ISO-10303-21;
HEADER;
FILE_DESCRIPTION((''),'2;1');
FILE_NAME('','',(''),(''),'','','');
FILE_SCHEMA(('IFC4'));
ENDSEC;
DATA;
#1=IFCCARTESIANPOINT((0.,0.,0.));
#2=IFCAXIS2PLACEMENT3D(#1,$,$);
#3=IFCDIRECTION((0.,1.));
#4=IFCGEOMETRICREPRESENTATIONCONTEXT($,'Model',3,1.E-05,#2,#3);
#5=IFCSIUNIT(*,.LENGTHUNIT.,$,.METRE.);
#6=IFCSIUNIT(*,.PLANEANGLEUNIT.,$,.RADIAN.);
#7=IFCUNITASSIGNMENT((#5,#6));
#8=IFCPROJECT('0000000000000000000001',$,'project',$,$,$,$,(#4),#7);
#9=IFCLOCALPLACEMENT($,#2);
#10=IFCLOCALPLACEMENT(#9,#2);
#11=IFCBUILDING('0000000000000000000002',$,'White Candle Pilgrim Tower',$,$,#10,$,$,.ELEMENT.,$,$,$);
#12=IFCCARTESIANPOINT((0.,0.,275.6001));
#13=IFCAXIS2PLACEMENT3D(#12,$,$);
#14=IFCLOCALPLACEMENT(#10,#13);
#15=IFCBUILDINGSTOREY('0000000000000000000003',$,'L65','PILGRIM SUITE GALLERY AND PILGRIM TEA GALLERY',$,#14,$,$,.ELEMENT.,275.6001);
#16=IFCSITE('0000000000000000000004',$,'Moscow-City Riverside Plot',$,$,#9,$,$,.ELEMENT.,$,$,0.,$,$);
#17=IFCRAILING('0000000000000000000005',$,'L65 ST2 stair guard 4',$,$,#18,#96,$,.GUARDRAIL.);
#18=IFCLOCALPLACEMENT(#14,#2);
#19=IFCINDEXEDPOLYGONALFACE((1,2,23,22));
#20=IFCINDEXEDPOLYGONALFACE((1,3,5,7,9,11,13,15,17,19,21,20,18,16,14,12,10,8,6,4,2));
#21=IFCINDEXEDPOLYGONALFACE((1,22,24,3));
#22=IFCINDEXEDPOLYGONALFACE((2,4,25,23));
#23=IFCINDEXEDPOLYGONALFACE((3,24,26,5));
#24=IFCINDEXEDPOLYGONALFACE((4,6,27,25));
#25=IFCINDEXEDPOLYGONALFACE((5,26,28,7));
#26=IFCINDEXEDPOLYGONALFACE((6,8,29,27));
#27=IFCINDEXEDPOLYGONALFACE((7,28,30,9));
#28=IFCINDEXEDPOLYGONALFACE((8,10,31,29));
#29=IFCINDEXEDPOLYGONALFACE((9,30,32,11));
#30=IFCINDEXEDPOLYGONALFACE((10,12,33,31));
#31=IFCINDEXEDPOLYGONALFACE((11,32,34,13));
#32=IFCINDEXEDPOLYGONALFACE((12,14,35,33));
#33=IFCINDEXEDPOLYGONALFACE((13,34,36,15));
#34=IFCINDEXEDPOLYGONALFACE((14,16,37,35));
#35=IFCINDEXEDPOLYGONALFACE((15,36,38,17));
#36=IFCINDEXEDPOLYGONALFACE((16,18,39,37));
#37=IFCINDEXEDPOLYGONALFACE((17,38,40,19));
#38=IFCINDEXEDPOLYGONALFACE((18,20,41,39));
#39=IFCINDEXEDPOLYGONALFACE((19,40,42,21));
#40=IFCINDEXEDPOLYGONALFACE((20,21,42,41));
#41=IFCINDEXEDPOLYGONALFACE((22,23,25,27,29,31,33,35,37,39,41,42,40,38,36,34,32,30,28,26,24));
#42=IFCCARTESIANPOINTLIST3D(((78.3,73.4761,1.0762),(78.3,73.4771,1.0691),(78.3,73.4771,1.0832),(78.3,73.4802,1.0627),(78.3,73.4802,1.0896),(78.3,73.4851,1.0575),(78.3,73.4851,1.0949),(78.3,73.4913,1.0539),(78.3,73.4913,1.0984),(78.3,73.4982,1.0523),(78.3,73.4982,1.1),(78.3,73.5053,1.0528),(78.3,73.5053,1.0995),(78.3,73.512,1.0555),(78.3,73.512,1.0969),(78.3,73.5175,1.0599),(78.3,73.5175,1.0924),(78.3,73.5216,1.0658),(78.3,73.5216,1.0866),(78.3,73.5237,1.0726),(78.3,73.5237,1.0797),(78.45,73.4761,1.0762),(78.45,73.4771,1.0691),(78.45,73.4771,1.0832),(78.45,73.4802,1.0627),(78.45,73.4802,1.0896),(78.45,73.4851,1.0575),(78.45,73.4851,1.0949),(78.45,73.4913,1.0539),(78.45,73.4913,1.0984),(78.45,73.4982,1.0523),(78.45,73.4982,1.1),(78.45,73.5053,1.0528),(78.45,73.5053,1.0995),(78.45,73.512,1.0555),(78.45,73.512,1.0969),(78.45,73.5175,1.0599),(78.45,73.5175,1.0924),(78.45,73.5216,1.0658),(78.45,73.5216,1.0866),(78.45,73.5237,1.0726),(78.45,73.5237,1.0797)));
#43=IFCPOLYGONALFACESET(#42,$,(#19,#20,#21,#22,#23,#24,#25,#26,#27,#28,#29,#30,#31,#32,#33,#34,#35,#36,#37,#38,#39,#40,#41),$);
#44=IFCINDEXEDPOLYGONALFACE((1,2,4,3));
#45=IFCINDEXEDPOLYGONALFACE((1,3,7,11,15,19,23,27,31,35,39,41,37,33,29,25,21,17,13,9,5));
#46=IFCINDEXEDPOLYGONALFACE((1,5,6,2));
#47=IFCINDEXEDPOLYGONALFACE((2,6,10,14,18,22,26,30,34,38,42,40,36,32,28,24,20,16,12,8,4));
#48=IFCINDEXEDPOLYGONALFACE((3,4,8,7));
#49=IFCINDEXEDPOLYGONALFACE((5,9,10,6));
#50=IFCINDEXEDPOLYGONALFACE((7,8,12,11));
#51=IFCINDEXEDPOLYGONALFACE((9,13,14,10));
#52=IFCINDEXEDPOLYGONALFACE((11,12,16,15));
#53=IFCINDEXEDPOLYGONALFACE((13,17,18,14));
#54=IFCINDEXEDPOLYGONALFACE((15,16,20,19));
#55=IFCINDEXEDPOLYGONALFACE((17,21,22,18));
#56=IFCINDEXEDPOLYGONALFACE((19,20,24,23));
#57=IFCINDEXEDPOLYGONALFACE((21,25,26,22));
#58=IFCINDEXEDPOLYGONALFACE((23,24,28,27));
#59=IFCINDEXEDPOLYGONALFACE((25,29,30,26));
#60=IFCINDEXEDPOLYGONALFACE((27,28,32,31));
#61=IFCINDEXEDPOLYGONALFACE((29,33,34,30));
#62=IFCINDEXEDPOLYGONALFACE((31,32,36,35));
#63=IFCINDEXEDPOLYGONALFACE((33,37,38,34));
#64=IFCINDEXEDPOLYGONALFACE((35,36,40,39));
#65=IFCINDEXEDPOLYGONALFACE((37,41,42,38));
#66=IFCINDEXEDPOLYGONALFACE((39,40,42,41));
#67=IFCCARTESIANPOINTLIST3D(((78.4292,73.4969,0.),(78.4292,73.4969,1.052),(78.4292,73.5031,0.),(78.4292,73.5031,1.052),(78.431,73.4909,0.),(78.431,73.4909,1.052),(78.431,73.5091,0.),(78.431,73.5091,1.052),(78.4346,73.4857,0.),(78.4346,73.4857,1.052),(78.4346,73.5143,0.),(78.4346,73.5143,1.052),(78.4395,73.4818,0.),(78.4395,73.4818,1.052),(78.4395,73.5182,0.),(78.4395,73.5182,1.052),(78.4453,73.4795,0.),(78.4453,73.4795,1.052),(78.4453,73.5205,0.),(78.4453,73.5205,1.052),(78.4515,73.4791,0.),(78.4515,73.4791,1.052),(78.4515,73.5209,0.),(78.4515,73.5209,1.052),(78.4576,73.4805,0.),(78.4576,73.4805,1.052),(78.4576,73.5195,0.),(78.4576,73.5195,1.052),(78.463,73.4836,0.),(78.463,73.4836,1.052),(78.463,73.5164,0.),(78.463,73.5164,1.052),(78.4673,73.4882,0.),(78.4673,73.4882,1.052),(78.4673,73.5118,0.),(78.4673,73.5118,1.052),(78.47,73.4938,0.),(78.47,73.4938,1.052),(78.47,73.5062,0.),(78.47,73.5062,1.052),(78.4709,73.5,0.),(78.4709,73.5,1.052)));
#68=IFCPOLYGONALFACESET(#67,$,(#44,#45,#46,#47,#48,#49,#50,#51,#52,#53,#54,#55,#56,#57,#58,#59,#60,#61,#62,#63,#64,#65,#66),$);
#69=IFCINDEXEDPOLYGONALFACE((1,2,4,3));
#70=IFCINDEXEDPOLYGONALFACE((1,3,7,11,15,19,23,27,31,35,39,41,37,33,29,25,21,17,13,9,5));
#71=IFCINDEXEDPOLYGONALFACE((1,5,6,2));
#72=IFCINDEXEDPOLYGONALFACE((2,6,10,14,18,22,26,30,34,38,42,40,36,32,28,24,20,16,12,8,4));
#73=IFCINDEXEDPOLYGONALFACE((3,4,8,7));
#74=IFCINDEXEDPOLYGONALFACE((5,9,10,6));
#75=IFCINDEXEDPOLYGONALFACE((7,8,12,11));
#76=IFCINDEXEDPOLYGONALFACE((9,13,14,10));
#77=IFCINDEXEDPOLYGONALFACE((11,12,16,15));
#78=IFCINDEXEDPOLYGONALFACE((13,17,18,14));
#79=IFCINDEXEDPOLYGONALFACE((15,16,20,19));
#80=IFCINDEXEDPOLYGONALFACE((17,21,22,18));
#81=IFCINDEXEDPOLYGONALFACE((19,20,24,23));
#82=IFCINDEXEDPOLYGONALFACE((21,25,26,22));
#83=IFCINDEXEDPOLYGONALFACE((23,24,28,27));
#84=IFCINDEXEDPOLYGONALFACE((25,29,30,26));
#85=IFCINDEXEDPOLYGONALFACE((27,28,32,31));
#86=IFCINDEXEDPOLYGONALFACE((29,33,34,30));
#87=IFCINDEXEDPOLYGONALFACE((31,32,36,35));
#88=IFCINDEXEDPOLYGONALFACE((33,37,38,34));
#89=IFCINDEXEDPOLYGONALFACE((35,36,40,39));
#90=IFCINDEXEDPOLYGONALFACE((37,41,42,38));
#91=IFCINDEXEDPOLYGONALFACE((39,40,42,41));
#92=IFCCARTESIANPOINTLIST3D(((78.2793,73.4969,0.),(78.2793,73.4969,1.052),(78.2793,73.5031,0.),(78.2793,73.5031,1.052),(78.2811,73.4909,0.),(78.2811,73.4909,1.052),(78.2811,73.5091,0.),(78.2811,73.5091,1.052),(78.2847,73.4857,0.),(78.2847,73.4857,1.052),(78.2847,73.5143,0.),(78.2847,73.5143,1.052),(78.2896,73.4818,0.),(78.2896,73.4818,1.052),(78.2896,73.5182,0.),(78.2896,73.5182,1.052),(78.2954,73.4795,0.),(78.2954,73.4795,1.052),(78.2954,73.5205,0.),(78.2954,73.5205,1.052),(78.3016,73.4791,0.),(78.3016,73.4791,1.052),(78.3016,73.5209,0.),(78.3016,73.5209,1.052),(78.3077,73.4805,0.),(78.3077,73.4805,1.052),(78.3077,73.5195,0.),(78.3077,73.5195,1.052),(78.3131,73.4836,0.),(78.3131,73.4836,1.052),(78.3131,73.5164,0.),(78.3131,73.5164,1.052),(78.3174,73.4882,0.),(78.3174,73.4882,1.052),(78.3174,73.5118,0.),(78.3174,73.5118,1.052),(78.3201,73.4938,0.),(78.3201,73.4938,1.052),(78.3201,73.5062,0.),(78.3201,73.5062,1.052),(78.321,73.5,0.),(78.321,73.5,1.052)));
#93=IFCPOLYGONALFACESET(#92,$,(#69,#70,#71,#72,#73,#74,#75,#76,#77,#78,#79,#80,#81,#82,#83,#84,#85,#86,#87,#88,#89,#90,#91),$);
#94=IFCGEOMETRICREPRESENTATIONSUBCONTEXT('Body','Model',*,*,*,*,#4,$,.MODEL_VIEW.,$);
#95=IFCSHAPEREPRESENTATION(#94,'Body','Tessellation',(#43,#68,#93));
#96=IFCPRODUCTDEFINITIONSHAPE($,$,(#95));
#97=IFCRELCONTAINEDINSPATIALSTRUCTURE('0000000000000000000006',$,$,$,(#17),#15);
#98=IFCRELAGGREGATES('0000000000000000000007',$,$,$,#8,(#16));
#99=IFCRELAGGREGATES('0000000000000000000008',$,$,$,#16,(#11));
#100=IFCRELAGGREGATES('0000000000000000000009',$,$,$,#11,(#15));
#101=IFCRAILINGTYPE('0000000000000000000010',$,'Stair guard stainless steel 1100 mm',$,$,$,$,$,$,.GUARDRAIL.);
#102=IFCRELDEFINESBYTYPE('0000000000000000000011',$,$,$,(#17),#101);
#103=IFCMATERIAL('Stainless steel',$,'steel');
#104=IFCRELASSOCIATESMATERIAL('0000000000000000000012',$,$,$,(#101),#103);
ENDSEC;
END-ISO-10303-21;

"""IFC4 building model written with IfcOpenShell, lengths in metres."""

from ifc_helpers import new_model, si_unit, direction, frame, origin, origin_2d, place, context, subcontext, project, spatial, circle, extrude, material, type_object, element, save


model = new_model("IFC4")

# Units and contexts
model_context = context("Model", 3, precision=1e-05, world=origin(), true_north=direction((0.0, 1.0)))
body_context = subcontext(model_context, "Body", "Model", "MODEL_VIEW")
ifc_project = project(units=[si_unit("LENGTHUNIT", "METRE"), si_unit("PLANEANGLEUNIT", "RADIAN")], contexts=[model_context])

# Site, building, storey
site_placement = place(None, origin())
site = spatial("IfcSite", under=ifc_project, at=site_placement, Name="Moscow-City Riverside Plot", CompositionType="ELEMENT", RefElevation=0.0)
building_placement = place(site_placement, origin())
building = spatial("IfcBuilding", under=site, at=building_placement, Name="White Candle Pilgrim Tower", CompositionType="ELEMENT")
storey_placement = place(building_placement, frame((0.0, 0.0, 275.6001)))
storey = spatial("IfcBuildingStorey", under=building, at=storey_placement, Name="L65", Description="PILGRIM SUITE GALLERY AND PILGRIM TEA GALLERY", CompositionType="ELEMENT", Elevation=275.6001)

# Railing
ifc_material_1 = material(Name="Stainless steel", Category="steel")
railing_type_1 = type_object("IfcRailingType", Name="Stair guard stainless steel 1100 mm", PredefinedType="GUARDRAIL", material=ifc_material_1)
railing_1_placement = place(storey_placement, frame((78.45, 73.5, 0.0)))
element("IfcRailing", 1, at=railing_1_placement, inside=storey, type_object=railing_type_1, Name="L65 ST2 stair guard 4", PredefinedType="GUARDRAIL", context=body_context, shape_type="SweptSolid", body=[
    extrude(circle(Radius=0.0239, at=origin_2d()), frame((0.0, 0.0, 1.0762), z_axis=(-1.0, 0.0, 0.0), x_axis=(0.0, -1.0, 0.0)), (0.0, 0.0, 1.0), 0.1499),
    extrude(circle(Radius=0.021, at=origin_2d()), origin(), (0.0, 0.0, 1.0), 1.052),
    extrude(circle(Radius=0.021, at=origin_2d()), frame((-0.1499, 0.0, 0.0)), (0.0, 0.0, 1.0), 1.052),
])

save(model, "model.ifc")
